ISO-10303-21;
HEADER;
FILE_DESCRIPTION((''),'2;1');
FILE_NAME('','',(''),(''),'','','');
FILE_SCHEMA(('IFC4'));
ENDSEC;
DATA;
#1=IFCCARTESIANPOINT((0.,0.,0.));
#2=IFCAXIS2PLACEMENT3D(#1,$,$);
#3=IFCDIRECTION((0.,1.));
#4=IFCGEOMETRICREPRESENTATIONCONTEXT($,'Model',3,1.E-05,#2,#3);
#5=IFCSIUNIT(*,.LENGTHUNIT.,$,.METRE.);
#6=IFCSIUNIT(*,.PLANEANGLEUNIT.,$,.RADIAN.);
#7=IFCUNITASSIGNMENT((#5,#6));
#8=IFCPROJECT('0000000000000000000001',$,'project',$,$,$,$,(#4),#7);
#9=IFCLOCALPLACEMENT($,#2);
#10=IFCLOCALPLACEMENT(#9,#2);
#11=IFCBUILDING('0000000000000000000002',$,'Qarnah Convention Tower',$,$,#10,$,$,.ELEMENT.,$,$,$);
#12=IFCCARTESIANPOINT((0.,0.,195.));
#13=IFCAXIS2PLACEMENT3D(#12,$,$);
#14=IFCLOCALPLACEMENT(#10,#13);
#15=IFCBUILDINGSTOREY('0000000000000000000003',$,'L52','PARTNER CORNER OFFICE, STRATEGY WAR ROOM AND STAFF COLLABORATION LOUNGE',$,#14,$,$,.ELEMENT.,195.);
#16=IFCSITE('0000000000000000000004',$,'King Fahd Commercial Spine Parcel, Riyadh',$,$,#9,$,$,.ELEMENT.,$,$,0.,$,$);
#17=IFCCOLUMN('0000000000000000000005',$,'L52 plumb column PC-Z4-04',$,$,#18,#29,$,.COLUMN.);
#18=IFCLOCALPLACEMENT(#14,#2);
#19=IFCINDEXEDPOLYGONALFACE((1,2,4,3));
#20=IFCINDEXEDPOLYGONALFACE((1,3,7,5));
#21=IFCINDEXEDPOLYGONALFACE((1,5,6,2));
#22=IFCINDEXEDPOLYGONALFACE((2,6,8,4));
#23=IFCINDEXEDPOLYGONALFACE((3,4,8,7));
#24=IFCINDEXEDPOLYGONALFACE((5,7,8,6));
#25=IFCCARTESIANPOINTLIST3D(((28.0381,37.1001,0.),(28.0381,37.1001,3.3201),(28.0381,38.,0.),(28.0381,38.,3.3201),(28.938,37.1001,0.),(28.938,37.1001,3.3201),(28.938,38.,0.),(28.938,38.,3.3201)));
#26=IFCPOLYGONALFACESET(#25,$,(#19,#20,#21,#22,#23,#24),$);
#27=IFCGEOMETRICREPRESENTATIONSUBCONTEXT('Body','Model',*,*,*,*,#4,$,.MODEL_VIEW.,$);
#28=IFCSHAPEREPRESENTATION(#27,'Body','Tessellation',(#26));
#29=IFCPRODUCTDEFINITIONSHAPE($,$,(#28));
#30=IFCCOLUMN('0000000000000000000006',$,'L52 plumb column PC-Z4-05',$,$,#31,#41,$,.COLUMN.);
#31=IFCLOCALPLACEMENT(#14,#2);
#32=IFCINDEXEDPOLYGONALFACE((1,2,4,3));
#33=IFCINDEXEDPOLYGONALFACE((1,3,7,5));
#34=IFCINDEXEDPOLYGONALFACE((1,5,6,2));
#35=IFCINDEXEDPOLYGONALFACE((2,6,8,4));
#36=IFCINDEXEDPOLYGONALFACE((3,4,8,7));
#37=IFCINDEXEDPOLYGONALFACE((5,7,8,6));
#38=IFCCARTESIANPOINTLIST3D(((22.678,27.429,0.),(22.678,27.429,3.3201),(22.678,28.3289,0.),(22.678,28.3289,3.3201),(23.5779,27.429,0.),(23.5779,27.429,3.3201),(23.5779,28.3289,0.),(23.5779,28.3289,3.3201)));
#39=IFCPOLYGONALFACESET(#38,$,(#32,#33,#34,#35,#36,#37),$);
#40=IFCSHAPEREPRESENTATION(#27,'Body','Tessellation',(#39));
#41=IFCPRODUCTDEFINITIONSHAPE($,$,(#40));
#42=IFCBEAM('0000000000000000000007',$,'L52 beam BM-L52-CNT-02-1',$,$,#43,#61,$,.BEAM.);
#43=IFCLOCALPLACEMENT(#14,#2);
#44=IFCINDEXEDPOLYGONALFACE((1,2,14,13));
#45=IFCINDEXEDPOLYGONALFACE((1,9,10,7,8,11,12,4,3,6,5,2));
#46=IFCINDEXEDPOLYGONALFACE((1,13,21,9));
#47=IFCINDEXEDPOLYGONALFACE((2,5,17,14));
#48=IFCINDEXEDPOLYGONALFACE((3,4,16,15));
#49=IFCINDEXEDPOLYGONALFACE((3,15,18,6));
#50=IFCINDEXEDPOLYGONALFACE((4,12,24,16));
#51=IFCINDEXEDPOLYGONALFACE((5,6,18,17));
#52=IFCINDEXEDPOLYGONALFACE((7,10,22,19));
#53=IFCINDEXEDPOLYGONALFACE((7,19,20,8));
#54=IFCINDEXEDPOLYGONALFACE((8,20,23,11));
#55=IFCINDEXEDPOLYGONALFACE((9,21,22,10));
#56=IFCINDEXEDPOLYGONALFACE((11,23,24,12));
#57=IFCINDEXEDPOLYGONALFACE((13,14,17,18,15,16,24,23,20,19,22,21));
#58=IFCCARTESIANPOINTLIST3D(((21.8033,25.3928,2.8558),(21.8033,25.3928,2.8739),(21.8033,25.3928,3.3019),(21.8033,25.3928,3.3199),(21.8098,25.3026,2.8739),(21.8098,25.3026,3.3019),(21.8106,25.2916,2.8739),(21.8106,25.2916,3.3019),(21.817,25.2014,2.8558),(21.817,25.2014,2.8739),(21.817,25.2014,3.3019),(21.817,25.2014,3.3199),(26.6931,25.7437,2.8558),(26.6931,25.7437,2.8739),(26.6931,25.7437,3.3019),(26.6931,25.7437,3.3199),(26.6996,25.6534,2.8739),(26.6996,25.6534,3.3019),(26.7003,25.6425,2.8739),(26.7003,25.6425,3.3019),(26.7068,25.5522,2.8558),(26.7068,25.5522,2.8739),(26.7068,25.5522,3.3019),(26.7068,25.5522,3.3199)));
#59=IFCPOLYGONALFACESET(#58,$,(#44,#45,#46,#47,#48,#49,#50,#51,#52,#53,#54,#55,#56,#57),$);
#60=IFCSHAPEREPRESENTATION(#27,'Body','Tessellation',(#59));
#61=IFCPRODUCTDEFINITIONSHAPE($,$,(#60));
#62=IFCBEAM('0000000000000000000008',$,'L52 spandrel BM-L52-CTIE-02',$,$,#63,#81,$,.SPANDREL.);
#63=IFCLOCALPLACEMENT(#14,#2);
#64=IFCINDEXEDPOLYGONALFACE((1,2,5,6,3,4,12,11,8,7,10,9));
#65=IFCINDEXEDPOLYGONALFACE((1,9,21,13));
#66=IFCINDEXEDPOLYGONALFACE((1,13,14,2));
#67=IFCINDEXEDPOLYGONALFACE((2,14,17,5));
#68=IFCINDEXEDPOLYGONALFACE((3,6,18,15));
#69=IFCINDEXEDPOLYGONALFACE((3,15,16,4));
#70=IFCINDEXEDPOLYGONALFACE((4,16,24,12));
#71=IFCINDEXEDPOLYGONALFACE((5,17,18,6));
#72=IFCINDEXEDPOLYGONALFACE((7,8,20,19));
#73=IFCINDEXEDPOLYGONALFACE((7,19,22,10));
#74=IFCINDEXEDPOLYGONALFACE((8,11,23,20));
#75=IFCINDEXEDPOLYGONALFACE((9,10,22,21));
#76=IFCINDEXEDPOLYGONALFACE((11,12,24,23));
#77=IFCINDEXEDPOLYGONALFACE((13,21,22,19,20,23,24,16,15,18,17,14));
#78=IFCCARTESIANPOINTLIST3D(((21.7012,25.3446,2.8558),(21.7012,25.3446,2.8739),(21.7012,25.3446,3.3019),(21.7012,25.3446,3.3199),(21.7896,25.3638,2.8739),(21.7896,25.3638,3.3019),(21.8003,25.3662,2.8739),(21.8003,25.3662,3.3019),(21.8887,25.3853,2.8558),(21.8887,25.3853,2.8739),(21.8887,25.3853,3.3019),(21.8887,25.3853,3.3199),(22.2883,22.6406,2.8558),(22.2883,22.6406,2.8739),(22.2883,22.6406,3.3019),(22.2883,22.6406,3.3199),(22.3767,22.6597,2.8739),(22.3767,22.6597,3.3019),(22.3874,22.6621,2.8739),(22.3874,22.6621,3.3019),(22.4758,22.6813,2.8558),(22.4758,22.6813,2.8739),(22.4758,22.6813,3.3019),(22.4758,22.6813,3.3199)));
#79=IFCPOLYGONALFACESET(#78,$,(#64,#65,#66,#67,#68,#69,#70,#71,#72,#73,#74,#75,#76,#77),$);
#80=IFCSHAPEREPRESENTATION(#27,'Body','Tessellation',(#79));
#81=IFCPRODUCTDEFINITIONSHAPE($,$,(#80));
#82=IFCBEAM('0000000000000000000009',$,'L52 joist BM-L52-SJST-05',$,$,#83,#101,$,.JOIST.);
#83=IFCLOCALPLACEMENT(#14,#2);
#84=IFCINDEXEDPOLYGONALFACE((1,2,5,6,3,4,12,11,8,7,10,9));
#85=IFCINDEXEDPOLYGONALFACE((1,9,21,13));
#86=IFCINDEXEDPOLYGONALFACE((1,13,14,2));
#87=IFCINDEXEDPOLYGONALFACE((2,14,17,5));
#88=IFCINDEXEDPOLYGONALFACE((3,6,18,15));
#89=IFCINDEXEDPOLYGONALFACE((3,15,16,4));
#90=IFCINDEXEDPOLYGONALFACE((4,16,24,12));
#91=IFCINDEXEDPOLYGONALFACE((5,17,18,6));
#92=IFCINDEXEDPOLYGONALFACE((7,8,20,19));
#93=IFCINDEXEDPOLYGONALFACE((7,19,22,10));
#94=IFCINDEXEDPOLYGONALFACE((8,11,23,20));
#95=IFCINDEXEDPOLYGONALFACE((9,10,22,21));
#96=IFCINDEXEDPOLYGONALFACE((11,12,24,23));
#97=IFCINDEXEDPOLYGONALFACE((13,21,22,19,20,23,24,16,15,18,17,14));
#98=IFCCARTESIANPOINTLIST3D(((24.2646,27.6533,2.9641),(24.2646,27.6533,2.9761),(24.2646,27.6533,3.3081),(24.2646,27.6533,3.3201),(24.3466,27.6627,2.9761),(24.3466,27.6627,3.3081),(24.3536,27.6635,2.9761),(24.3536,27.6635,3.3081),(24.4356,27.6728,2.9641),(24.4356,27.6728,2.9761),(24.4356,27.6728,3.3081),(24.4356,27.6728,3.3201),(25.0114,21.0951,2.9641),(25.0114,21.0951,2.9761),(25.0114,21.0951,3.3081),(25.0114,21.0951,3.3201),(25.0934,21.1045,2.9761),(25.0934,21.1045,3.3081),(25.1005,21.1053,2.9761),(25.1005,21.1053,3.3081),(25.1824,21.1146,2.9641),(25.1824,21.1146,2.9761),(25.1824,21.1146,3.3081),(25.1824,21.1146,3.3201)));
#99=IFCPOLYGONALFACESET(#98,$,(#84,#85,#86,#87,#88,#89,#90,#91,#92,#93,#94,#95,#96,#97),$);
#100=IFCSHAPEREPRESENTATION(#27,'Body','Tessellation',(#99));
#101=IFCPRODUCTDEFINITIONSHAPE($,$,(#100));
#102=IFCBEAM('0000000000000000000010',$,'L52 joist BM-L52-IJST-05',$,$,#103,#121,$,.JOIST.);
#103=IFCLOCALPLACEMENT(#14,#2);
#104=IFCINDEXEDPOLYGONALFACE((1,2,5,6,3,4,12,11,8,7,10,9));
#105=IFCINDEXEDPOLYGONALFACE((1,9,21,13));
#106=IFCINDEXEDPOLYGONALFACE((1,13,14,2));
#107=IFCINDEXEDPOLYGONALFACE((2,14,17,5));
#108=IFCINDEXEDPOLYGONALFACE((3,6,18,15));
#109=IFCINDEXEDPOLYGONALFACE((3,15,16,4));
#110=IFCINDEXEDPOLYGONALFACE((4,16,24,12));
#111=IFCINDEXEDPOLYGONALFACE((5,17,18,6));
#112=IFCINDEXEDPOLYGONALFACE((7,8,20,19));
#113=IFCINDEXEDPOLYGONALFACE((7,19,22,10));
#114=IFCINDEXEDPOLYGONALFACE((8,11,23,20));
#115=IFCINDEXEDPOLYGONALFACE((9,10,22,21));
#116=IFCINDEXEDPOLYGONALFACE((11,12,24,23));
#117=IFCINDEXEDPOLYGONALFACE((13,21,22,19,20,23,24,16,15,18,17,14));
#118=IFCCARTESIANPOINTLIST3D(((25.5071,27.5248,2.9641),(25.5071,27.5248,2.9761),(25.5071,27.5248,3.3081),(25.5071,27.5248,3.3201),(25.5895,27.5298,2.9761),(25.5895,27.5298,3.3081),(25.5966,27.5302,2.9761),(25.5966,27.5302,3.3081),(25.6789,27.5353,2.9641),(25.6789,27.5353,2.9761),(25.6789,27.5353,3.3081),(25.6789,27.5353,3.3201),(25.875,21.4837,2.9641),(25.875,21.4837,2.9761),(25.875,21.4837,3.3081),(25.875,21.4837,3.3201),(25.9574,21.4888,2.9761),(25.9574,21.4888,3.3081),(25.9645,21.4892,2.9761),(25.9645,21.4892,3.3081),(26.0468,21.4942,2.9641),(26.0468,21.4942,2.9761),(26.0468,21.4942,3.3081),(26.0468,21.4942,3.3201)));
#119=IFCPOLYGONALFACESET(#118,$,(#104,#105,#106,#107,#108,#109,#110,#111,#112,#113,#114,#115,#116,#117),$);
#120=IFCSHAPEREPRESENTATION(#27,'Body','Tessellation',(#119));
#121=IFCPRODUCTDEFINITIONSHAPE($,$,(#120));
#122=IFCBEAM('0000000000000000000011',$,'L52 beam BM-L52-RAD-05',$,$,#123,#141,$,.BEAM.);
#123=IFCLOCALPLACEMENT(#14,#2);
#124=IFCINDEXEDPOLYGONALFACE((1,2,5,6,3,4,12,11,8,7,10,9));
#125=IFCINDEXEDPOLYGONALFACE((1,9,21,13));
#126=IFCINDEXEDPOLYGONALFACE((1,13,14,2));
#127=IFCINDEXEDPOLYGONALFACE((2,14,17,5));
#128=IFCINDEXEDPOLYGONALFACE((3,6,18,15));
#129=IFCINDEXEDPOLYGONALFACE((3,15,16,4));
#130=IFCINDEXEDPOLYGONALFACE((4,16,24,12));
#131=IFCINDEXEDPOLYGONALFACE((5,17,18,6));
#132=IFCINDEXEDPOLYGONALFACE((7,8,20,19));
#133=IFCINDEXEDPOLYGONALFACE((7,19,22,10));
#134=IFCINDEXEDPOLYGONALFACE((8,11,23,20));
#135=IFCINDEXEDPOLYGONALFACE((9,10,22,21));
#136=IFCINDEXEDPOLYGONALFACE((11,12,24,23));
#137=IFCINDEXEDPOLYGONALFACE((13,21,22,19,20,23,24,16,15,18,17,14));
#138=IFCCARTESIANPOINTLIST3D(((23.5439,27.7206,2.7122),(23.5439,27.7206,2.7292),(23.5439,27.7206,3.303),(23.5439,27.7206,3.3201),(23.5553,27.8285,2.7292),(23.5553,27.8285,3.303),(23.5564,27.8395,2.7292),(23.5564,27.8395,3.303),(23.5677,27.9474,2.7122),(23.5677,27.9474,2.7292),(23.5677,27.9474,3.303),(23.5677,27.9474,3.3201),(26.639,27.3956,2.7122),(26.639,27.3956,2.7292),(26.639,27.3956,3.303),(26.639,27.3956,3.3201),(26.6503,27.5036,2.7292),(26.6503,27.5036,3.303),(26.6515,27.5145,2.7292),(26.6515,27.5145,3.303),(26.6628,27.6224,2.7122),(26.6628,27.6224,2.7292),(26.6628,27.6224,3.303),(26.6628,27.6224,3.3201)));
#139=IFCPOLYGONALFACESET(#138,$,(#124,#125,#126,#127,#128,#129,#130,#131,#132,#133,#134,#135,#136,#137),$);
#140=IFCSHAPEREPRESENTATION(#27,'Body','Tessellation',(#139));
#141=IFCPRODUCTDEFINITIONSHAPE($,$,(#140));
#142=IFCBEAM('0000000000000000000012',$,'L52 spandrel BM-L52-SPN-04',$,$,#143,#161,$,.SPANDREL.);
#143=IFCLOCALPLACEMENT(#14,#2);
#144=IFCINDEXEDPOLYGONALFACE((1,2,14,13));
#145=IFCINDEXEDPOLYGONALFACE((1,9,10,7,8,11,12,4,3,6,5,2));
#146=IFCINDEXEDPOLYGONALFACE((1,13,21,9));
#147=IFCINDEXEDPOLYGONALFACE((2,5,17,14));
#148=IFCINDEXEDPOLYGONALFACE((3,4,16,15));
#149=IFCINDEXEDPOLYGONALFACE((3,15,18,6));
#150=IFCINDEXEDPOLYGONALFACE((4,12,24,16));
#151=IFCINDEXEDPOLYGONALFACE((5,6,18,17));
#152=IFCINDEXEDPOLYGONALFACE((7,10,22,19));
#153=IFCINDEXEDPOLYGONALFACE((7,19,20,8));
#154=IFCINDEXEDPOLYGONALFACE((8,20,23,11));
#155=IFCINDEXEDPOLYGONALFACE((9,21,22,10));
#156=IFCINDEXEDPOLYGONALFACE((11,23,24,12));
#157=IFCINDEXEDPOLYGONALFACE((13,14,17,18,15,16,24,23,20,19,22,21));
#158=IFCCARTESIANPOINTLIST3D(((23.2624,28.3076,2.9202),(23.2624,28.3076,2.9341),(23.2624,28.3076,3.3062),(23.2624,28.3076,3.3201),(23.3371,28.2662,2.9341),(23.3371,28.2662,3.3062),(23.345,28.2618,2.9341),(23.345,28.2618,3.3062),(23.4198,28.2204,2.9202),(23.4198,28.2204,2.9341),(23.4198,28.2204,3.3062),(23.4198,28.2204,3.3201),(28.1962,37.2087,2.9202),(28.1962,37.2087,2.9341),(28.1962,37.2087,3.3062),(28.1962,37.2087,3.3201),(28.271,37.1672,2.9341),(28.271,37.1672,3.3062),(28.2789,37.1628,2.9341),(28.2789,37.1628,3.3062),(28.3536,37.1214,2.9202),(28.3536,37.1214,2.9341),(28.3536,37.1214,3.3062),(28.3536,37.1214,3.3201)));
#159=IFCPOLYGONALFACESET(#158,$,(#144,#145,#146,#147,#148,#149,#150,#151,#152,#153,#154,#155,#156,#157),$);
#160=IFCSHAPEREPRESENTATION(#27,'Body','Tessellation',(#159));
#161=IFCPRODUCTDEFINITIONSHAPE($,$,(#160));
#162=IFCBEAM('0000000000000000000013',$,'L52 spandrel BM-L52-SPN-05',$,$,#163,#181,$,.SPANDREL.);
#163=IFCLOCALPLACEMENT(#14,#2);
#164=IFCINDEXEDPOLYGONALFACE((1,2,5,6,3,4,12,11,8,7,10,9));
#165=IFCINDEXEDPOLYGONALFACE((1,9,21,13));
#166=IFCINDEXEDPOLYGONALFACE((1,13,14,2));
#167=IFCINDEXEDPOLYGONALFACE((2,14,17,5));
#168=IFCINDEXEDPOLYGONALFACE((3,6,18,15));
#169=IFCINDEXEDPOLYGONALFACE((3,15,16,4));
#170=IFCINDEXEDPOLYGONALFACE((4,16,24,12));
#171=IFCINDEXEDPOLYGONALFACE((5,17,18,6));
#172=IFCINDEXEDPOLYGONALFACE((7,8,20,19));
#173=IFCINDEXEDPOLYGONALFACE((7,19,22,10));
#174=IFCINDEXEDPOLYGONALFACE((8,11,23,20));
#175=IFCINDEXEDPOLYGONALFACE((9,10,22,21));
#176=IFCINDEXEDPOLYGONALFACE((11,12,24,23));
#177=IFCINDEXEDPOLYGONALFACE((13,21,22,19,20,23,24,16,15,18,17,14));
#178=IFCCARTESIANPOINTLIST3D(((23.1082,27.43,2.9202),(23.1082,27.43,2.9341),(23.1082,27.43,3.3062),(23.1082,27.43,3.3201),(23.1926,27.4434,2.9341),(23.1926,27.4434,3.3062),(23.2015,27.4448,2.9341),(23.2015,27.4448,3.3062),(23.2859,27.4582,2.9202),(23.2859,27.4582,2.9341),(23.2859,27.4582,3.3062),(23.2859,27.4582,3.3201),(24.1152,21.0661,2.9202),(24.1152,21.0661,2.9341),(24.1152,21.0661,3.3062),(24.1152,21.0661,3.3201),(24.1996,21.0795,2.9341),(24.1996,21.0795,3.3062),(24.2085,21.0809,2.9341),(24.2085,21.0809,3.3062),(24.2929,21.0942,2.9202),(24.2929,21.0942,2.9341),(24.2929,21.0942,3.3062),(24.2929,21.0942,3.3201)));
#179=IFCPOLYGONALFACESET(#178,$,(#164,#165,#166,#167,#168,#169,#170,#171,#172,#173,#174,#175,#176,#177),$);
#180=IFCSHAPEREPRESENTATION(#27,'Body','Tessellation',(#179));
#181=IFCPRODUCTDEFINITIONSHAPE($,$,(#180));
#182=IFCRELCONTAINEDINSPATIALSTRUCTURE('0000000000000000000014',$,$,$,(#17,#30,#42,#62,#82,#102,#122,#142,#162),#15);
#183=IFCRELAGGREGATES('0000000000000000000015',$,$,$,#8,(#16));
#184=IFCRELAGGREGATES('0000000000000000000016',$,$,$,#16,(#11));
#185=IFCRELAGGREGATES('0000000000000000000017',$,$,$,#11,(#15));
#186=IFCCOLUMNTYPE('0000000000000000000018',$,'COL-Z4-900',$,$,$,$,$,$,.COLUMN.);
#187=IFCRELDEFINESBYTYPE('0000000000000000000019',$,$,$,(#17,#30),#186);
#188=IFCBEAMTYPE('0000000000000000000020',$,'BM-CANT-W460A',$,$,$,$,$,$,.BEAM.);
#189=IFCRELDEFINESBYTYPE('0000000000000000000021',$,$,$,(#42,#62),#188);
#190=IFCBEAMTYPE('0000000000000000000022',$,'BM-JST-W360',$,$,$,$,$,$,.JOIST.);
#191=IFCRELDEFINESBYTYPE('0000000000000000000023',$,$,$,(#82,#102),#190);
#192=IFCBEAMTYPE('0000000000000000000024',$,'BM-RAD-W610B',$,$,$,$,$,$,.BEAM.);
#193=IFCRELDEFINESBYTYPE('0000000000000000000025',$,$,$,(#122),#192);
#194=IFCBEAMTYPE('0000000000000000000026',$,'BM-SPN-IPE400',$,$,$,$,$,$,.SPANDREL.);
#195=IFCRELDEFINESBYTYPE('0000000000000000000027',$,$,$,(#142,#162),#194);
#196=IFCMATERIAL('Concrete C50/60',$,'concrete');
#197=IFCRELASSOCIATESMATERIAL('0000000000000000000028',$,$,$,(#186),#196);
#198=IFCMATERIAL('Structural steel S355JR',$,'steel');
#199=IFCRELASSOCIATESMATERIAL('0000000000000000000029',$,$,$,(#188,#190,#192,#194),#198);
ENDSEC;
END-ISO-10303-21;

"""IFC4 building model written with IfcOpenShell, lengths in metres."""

from ifc_helpers import new_model, si_unit, direction, frame, origin, origin_2d, place, context, subcontext, project, spatial, rectangle, i_section, extrude, material, material_profile, profile_set, type_object, element, save


model = new_model("IFC4")

# Units and contexts
model_context = context("Model", 3, precision=1e-05, world=origin(), true_north=direction((0.0, 1.0)))
body_context = subcontext(model_context, "Body", "Model", "MODEL_VIEW")
ifc_project = project(units=[si_unit("LENGTHUNIT", "METRE"), si_unit("PLANEANGLEUNIT", "RADIAN")], contexts=[model_context])

# Site, building, storey
site_placement = place(None, origin())
site = spatial("IfcSite", under=ifc_project, at=site_placement, Name="King Fahd Commercial Spine Parcel, Riyadh", CompositionType="ELEMENT", RefElevation=0.0)
building_placement = place(site_placement, origin())
building = spatial("IfcBuilding", under=site, at=building_placement, Name="Qarnah Convention Tower", CompositionType="ELEMENT")
storey_placement = place(building_placement, frame((0.0, 0.0, 195.0)))
storey = spatial("IfcBuildingStorey", under=building, at=storey_placement, Name="L52", Description="PARTNER CORNER OFFICE, STRATEGY WAR ROOM AND STAFF COLLABORATION LOUNGE", CompositionType="ELEMENT", Elevation=195.0)

# Columns
ifc_material_1 = material(Name="Concrete C50/60", Category="concrete")
ifc_material_profile_1 = material_profile(ifc_material_1, rectangle(XDim=0.8999, YDim=0.8999, at=origin_2d()), Name="RC-COL-900X900")
ifc_profile_set_1 = profile_set([ifc_material_profile_1], Name="Concrete C50/60")
column_type = type_object("IfcColumnType", Name="COL-Z4-900", PredefinedType="COLUMN", material=ifc_profile_set_1)
for number, where, z_axis, x_axis, name in (
    (1, (28.488, 37.55, 0.0), (0.0, 0.0, 1.0), (1.0, 0.0, 0.0), "L52 plumb column PC-Z4-04"),
    (2, (23.1279, 27.8789, 0.0), (0.0, 0.0, 1.0), (1.0, 0.0, 0.0), "L52 plumb column PC-Z4-05"),
):
    element("IfcColumn", number, at=place(storey_placement, frame(where, z_axis=z_axis, x_axis=x_axis)), inside=storey, type_object=column_type, Name=name, PredefinedType="COLUMN", context=body_context, shape_type="SweptSolid", body=[
        extrude(rectangle(XDim=0.8999, YDim=0.8999, at=origin_2d()), origin(), (0.0, 0.0, 1.0), 3.3201),
    ])

# Beams
ifc_material_2 = material(Name="Structural steel S355JR", Category="steel")
ifc_material_profile_2 = material_profile(ifc_material_2, i_section(OverallWidth=0.1919, OverallDepth=0.4641, WebThickness=0.011, FlangeThickness=0.0181, at=origin_2d()), Name="W460X89")
ifc_profile_set_2 = profile_set([ifc_material_profile_2], Name="Structural steel S355JR")
beam_type_1 = type_object("IfcBeamType", Name="BM-CANT-W460A", PredefinedType="BEAM", material=ifc_profile_set_2)
beam_1_placement = place(storey_placement, frame((26.7, 25.6479, 3.0879), z_axis=(-0.997436, -0.071562, 0.0), x_axis=(0.071562, -0.997436, 0.0)))
element("IfcBeam", 3, at=beam_1_placement, inside=storey, type_object=beam_type_1, Name="L52 beam BM-L52-CNT-02-1", PredefinedType="BEAM", context=body_context, shape_type="SweptSolid", body=[
    extrude(i_section(OverallWidth=0.1919, OverallDepth=0.4641, WebThickness=0.011, FlangeThickness=0.0181, at=origin_2d()), origin(), (0.0, 0.0, 1.0), 4.9023),
])
beam_2_placement = place(storey_placement, frame((21.7949, 25.365, 3.0879), z_axis=(0.212192, -0.977228, 0.0), x_axis=(0.977228, 0.212192, 0.0)))
element("IfcBeam", 4, at=beam_2_placement, inside=storey, type_object=beam_type_1, Name="L52 spandrel BM-L52-CTIE-02", PredefinedType="SPANDREL", context=body_context, shape_type="SweptSolid", body=[
    extrude(i_section(OverallWidth=0.1919, OverallDepth=0.4641, WebThickness=0.011, FlangeThickness=0.0181, at=origin_2d()), origin(), (0.0, 0.0, 1.0), 2.7671),
])
ifc_material_profile_3 = material_profile(ifc_material_2, i_section(OverallWidth=0.1721, OverallDepth=0.356, WebThickness=0.0071, FlangeThickness=0.012, at=origin_2d()), Name="W360X51")
ifc_profile_set_3 = profile_set([ifc_material_profile_3], Name="Structural steel S355JR")
beam_type_2 = type_object("IfcBeamType", Name="BM-JST-W360", PredefinedType="JOIST", material=ifc_profile_set_3)
beam_3_placement = place(storey_placement, frame((24.3501, 27.6631, 3.1421), z_axis=(0.113147, -0.993578, 0.0), x_axis=(0.993578, 0.113147, 0.0)))
element("IfcBeam", 5, at=beam_3_placement, inside=storey, type_object=beam_type_2, Name="L52 joist BM-L52-SJST-05", PredefinedType="JOIST", context=body_context, shape_type="SweptSolid", body=[
    extrude(i_section(OverallWidth=0.1721, OverallDepth=0.356, WebThickness=0.0071, FlangeThickness=0.012, at=origin_2d()), origin(), (0.0, 0.0, 1.0), 6.6006),
])
beam_4_placement = place(storey_placement, frame((25.593, 27.53, 3.1421), z_axis=(0.060791, -0.998151, 0.0), x_axis=(0.998151, 0.060791, 0.0)))
element("IfcBeam", 6, at=beam_4_placement, inside=storey, type_object=beam_type_2, Name="L52 joist BM-L52-IJST-05", PredefinedType="JOIST", context=body_context, shape_type="SweptSolid", body=[
    extrude(i_section(OverallWidth=0.1721, OverallDepth=0.356, WebThickness=0.0071, FlangeThickness=0.012, at=origin_2d()), origin(), (0.0, 0.0, 1.0), 6.0522),
])
ifc_material_profile_4 = material_profile(ifc_material_2, i_section(OverallWidth=0.228, OverallDepth=0.6079, WebThickness=0.011, FlangeThickness=0.0171, at=origin_2d()), Name="W610X113")
ifc_profile_set_4 = profile_set([ifc_material_profile_4], Name="Structural steel S355JR")
beam_type_3 = type_object("IfcBeamType", Name="BM-RAD-W610B", PredefinedType="BEAM", material=ifc_profile_set_4)
beam_5_placement = place(storey_placement, frame((26.6509, 27.509, 3.0161), z_axis=(-0.994533, 0.104419, 0.0), x_axis=(-0.104419, -0.994533, 0.0)))
element("IfcBeam", 7, at=beam_5_placement, inside=storey, type_object=beam_type_3, Name="L52 beam BM-L52-RAD-05", PredefinedType="BEAM", context=body_context, shape_type="SweptSolid", body=[
    extrude(i_section(OverallWidth=0.228, OverallDepth=0.6079, WebThickness=0.011, FlangeThickness=0.0171, at=origin_2d()), origin(), (0.0, 0.0, 1.0), 3.1121),
])
ifc_material_profile_5 = material_profile(ifc_material_2, i_section(OverallWidth=0.1799, OverallDepth=0.3999, WebThickness=0.009, FlangeThickness=0.0139, at=origin_2d()), Name="IPE400")
ifc_profile_set_5 = profile_set([ifc_material_profile_5], Name="Structural steel S355JR")
beam_type_4 = type_object("IfcBeamType", Name="BM-SPN-IPE400", PredefinedType="SPANDREL", material=ifc_profile_set_5)
beam_6_placement = place(storey_placement, frame((28.2749, 37.165, 3.1201), z_axis=(-0.484799, -0.874625, 0.0), x_axis=(0.874625, -0.484799, 0.0)))
element("IfcBeam", 8, at=beam_6_placement, inside=storey, type_object=beam_type_4, Name="L52 spandrel BM-L52-SPN-04", PredefinedType="SPANDREL", context=body_context, shape_type="SweptSolid", body=[
    extrude(i_section(OverallWidth=0.1799, OverallDepth=0.3999, WebThickness=0.009, FlangeThickness=0.0139, at=origin_2d()), origin(), (0.0, 0.0, 1.0), 10.177),
])
beam_7_placement = place(storey_placement, frame((23.197, 27.4441, 3.1201), z_axis=(0.156301, -0.987709, 0.0), x_axis=(0.987709, 0.156301, 0.0)))
element("IfcBeam", 9, at=beam_7_placement, inside=storey, type_object=beam_type_4, Name="L52 spandrel BM-L52-SPN-05", PredefinedType="SPANDREL", context=body_context, shape_type="SweptSolid", body=[
    extrude(i_section(OverallWidth=0.1799, OverallDepth=0.3999, WebThickness=0.009, FlangeThickness=0.0139, at=origin_2d()), origin(), (0.0, 0.0, 1.0), 6.4431),
])

save(model, "model.ifc")
